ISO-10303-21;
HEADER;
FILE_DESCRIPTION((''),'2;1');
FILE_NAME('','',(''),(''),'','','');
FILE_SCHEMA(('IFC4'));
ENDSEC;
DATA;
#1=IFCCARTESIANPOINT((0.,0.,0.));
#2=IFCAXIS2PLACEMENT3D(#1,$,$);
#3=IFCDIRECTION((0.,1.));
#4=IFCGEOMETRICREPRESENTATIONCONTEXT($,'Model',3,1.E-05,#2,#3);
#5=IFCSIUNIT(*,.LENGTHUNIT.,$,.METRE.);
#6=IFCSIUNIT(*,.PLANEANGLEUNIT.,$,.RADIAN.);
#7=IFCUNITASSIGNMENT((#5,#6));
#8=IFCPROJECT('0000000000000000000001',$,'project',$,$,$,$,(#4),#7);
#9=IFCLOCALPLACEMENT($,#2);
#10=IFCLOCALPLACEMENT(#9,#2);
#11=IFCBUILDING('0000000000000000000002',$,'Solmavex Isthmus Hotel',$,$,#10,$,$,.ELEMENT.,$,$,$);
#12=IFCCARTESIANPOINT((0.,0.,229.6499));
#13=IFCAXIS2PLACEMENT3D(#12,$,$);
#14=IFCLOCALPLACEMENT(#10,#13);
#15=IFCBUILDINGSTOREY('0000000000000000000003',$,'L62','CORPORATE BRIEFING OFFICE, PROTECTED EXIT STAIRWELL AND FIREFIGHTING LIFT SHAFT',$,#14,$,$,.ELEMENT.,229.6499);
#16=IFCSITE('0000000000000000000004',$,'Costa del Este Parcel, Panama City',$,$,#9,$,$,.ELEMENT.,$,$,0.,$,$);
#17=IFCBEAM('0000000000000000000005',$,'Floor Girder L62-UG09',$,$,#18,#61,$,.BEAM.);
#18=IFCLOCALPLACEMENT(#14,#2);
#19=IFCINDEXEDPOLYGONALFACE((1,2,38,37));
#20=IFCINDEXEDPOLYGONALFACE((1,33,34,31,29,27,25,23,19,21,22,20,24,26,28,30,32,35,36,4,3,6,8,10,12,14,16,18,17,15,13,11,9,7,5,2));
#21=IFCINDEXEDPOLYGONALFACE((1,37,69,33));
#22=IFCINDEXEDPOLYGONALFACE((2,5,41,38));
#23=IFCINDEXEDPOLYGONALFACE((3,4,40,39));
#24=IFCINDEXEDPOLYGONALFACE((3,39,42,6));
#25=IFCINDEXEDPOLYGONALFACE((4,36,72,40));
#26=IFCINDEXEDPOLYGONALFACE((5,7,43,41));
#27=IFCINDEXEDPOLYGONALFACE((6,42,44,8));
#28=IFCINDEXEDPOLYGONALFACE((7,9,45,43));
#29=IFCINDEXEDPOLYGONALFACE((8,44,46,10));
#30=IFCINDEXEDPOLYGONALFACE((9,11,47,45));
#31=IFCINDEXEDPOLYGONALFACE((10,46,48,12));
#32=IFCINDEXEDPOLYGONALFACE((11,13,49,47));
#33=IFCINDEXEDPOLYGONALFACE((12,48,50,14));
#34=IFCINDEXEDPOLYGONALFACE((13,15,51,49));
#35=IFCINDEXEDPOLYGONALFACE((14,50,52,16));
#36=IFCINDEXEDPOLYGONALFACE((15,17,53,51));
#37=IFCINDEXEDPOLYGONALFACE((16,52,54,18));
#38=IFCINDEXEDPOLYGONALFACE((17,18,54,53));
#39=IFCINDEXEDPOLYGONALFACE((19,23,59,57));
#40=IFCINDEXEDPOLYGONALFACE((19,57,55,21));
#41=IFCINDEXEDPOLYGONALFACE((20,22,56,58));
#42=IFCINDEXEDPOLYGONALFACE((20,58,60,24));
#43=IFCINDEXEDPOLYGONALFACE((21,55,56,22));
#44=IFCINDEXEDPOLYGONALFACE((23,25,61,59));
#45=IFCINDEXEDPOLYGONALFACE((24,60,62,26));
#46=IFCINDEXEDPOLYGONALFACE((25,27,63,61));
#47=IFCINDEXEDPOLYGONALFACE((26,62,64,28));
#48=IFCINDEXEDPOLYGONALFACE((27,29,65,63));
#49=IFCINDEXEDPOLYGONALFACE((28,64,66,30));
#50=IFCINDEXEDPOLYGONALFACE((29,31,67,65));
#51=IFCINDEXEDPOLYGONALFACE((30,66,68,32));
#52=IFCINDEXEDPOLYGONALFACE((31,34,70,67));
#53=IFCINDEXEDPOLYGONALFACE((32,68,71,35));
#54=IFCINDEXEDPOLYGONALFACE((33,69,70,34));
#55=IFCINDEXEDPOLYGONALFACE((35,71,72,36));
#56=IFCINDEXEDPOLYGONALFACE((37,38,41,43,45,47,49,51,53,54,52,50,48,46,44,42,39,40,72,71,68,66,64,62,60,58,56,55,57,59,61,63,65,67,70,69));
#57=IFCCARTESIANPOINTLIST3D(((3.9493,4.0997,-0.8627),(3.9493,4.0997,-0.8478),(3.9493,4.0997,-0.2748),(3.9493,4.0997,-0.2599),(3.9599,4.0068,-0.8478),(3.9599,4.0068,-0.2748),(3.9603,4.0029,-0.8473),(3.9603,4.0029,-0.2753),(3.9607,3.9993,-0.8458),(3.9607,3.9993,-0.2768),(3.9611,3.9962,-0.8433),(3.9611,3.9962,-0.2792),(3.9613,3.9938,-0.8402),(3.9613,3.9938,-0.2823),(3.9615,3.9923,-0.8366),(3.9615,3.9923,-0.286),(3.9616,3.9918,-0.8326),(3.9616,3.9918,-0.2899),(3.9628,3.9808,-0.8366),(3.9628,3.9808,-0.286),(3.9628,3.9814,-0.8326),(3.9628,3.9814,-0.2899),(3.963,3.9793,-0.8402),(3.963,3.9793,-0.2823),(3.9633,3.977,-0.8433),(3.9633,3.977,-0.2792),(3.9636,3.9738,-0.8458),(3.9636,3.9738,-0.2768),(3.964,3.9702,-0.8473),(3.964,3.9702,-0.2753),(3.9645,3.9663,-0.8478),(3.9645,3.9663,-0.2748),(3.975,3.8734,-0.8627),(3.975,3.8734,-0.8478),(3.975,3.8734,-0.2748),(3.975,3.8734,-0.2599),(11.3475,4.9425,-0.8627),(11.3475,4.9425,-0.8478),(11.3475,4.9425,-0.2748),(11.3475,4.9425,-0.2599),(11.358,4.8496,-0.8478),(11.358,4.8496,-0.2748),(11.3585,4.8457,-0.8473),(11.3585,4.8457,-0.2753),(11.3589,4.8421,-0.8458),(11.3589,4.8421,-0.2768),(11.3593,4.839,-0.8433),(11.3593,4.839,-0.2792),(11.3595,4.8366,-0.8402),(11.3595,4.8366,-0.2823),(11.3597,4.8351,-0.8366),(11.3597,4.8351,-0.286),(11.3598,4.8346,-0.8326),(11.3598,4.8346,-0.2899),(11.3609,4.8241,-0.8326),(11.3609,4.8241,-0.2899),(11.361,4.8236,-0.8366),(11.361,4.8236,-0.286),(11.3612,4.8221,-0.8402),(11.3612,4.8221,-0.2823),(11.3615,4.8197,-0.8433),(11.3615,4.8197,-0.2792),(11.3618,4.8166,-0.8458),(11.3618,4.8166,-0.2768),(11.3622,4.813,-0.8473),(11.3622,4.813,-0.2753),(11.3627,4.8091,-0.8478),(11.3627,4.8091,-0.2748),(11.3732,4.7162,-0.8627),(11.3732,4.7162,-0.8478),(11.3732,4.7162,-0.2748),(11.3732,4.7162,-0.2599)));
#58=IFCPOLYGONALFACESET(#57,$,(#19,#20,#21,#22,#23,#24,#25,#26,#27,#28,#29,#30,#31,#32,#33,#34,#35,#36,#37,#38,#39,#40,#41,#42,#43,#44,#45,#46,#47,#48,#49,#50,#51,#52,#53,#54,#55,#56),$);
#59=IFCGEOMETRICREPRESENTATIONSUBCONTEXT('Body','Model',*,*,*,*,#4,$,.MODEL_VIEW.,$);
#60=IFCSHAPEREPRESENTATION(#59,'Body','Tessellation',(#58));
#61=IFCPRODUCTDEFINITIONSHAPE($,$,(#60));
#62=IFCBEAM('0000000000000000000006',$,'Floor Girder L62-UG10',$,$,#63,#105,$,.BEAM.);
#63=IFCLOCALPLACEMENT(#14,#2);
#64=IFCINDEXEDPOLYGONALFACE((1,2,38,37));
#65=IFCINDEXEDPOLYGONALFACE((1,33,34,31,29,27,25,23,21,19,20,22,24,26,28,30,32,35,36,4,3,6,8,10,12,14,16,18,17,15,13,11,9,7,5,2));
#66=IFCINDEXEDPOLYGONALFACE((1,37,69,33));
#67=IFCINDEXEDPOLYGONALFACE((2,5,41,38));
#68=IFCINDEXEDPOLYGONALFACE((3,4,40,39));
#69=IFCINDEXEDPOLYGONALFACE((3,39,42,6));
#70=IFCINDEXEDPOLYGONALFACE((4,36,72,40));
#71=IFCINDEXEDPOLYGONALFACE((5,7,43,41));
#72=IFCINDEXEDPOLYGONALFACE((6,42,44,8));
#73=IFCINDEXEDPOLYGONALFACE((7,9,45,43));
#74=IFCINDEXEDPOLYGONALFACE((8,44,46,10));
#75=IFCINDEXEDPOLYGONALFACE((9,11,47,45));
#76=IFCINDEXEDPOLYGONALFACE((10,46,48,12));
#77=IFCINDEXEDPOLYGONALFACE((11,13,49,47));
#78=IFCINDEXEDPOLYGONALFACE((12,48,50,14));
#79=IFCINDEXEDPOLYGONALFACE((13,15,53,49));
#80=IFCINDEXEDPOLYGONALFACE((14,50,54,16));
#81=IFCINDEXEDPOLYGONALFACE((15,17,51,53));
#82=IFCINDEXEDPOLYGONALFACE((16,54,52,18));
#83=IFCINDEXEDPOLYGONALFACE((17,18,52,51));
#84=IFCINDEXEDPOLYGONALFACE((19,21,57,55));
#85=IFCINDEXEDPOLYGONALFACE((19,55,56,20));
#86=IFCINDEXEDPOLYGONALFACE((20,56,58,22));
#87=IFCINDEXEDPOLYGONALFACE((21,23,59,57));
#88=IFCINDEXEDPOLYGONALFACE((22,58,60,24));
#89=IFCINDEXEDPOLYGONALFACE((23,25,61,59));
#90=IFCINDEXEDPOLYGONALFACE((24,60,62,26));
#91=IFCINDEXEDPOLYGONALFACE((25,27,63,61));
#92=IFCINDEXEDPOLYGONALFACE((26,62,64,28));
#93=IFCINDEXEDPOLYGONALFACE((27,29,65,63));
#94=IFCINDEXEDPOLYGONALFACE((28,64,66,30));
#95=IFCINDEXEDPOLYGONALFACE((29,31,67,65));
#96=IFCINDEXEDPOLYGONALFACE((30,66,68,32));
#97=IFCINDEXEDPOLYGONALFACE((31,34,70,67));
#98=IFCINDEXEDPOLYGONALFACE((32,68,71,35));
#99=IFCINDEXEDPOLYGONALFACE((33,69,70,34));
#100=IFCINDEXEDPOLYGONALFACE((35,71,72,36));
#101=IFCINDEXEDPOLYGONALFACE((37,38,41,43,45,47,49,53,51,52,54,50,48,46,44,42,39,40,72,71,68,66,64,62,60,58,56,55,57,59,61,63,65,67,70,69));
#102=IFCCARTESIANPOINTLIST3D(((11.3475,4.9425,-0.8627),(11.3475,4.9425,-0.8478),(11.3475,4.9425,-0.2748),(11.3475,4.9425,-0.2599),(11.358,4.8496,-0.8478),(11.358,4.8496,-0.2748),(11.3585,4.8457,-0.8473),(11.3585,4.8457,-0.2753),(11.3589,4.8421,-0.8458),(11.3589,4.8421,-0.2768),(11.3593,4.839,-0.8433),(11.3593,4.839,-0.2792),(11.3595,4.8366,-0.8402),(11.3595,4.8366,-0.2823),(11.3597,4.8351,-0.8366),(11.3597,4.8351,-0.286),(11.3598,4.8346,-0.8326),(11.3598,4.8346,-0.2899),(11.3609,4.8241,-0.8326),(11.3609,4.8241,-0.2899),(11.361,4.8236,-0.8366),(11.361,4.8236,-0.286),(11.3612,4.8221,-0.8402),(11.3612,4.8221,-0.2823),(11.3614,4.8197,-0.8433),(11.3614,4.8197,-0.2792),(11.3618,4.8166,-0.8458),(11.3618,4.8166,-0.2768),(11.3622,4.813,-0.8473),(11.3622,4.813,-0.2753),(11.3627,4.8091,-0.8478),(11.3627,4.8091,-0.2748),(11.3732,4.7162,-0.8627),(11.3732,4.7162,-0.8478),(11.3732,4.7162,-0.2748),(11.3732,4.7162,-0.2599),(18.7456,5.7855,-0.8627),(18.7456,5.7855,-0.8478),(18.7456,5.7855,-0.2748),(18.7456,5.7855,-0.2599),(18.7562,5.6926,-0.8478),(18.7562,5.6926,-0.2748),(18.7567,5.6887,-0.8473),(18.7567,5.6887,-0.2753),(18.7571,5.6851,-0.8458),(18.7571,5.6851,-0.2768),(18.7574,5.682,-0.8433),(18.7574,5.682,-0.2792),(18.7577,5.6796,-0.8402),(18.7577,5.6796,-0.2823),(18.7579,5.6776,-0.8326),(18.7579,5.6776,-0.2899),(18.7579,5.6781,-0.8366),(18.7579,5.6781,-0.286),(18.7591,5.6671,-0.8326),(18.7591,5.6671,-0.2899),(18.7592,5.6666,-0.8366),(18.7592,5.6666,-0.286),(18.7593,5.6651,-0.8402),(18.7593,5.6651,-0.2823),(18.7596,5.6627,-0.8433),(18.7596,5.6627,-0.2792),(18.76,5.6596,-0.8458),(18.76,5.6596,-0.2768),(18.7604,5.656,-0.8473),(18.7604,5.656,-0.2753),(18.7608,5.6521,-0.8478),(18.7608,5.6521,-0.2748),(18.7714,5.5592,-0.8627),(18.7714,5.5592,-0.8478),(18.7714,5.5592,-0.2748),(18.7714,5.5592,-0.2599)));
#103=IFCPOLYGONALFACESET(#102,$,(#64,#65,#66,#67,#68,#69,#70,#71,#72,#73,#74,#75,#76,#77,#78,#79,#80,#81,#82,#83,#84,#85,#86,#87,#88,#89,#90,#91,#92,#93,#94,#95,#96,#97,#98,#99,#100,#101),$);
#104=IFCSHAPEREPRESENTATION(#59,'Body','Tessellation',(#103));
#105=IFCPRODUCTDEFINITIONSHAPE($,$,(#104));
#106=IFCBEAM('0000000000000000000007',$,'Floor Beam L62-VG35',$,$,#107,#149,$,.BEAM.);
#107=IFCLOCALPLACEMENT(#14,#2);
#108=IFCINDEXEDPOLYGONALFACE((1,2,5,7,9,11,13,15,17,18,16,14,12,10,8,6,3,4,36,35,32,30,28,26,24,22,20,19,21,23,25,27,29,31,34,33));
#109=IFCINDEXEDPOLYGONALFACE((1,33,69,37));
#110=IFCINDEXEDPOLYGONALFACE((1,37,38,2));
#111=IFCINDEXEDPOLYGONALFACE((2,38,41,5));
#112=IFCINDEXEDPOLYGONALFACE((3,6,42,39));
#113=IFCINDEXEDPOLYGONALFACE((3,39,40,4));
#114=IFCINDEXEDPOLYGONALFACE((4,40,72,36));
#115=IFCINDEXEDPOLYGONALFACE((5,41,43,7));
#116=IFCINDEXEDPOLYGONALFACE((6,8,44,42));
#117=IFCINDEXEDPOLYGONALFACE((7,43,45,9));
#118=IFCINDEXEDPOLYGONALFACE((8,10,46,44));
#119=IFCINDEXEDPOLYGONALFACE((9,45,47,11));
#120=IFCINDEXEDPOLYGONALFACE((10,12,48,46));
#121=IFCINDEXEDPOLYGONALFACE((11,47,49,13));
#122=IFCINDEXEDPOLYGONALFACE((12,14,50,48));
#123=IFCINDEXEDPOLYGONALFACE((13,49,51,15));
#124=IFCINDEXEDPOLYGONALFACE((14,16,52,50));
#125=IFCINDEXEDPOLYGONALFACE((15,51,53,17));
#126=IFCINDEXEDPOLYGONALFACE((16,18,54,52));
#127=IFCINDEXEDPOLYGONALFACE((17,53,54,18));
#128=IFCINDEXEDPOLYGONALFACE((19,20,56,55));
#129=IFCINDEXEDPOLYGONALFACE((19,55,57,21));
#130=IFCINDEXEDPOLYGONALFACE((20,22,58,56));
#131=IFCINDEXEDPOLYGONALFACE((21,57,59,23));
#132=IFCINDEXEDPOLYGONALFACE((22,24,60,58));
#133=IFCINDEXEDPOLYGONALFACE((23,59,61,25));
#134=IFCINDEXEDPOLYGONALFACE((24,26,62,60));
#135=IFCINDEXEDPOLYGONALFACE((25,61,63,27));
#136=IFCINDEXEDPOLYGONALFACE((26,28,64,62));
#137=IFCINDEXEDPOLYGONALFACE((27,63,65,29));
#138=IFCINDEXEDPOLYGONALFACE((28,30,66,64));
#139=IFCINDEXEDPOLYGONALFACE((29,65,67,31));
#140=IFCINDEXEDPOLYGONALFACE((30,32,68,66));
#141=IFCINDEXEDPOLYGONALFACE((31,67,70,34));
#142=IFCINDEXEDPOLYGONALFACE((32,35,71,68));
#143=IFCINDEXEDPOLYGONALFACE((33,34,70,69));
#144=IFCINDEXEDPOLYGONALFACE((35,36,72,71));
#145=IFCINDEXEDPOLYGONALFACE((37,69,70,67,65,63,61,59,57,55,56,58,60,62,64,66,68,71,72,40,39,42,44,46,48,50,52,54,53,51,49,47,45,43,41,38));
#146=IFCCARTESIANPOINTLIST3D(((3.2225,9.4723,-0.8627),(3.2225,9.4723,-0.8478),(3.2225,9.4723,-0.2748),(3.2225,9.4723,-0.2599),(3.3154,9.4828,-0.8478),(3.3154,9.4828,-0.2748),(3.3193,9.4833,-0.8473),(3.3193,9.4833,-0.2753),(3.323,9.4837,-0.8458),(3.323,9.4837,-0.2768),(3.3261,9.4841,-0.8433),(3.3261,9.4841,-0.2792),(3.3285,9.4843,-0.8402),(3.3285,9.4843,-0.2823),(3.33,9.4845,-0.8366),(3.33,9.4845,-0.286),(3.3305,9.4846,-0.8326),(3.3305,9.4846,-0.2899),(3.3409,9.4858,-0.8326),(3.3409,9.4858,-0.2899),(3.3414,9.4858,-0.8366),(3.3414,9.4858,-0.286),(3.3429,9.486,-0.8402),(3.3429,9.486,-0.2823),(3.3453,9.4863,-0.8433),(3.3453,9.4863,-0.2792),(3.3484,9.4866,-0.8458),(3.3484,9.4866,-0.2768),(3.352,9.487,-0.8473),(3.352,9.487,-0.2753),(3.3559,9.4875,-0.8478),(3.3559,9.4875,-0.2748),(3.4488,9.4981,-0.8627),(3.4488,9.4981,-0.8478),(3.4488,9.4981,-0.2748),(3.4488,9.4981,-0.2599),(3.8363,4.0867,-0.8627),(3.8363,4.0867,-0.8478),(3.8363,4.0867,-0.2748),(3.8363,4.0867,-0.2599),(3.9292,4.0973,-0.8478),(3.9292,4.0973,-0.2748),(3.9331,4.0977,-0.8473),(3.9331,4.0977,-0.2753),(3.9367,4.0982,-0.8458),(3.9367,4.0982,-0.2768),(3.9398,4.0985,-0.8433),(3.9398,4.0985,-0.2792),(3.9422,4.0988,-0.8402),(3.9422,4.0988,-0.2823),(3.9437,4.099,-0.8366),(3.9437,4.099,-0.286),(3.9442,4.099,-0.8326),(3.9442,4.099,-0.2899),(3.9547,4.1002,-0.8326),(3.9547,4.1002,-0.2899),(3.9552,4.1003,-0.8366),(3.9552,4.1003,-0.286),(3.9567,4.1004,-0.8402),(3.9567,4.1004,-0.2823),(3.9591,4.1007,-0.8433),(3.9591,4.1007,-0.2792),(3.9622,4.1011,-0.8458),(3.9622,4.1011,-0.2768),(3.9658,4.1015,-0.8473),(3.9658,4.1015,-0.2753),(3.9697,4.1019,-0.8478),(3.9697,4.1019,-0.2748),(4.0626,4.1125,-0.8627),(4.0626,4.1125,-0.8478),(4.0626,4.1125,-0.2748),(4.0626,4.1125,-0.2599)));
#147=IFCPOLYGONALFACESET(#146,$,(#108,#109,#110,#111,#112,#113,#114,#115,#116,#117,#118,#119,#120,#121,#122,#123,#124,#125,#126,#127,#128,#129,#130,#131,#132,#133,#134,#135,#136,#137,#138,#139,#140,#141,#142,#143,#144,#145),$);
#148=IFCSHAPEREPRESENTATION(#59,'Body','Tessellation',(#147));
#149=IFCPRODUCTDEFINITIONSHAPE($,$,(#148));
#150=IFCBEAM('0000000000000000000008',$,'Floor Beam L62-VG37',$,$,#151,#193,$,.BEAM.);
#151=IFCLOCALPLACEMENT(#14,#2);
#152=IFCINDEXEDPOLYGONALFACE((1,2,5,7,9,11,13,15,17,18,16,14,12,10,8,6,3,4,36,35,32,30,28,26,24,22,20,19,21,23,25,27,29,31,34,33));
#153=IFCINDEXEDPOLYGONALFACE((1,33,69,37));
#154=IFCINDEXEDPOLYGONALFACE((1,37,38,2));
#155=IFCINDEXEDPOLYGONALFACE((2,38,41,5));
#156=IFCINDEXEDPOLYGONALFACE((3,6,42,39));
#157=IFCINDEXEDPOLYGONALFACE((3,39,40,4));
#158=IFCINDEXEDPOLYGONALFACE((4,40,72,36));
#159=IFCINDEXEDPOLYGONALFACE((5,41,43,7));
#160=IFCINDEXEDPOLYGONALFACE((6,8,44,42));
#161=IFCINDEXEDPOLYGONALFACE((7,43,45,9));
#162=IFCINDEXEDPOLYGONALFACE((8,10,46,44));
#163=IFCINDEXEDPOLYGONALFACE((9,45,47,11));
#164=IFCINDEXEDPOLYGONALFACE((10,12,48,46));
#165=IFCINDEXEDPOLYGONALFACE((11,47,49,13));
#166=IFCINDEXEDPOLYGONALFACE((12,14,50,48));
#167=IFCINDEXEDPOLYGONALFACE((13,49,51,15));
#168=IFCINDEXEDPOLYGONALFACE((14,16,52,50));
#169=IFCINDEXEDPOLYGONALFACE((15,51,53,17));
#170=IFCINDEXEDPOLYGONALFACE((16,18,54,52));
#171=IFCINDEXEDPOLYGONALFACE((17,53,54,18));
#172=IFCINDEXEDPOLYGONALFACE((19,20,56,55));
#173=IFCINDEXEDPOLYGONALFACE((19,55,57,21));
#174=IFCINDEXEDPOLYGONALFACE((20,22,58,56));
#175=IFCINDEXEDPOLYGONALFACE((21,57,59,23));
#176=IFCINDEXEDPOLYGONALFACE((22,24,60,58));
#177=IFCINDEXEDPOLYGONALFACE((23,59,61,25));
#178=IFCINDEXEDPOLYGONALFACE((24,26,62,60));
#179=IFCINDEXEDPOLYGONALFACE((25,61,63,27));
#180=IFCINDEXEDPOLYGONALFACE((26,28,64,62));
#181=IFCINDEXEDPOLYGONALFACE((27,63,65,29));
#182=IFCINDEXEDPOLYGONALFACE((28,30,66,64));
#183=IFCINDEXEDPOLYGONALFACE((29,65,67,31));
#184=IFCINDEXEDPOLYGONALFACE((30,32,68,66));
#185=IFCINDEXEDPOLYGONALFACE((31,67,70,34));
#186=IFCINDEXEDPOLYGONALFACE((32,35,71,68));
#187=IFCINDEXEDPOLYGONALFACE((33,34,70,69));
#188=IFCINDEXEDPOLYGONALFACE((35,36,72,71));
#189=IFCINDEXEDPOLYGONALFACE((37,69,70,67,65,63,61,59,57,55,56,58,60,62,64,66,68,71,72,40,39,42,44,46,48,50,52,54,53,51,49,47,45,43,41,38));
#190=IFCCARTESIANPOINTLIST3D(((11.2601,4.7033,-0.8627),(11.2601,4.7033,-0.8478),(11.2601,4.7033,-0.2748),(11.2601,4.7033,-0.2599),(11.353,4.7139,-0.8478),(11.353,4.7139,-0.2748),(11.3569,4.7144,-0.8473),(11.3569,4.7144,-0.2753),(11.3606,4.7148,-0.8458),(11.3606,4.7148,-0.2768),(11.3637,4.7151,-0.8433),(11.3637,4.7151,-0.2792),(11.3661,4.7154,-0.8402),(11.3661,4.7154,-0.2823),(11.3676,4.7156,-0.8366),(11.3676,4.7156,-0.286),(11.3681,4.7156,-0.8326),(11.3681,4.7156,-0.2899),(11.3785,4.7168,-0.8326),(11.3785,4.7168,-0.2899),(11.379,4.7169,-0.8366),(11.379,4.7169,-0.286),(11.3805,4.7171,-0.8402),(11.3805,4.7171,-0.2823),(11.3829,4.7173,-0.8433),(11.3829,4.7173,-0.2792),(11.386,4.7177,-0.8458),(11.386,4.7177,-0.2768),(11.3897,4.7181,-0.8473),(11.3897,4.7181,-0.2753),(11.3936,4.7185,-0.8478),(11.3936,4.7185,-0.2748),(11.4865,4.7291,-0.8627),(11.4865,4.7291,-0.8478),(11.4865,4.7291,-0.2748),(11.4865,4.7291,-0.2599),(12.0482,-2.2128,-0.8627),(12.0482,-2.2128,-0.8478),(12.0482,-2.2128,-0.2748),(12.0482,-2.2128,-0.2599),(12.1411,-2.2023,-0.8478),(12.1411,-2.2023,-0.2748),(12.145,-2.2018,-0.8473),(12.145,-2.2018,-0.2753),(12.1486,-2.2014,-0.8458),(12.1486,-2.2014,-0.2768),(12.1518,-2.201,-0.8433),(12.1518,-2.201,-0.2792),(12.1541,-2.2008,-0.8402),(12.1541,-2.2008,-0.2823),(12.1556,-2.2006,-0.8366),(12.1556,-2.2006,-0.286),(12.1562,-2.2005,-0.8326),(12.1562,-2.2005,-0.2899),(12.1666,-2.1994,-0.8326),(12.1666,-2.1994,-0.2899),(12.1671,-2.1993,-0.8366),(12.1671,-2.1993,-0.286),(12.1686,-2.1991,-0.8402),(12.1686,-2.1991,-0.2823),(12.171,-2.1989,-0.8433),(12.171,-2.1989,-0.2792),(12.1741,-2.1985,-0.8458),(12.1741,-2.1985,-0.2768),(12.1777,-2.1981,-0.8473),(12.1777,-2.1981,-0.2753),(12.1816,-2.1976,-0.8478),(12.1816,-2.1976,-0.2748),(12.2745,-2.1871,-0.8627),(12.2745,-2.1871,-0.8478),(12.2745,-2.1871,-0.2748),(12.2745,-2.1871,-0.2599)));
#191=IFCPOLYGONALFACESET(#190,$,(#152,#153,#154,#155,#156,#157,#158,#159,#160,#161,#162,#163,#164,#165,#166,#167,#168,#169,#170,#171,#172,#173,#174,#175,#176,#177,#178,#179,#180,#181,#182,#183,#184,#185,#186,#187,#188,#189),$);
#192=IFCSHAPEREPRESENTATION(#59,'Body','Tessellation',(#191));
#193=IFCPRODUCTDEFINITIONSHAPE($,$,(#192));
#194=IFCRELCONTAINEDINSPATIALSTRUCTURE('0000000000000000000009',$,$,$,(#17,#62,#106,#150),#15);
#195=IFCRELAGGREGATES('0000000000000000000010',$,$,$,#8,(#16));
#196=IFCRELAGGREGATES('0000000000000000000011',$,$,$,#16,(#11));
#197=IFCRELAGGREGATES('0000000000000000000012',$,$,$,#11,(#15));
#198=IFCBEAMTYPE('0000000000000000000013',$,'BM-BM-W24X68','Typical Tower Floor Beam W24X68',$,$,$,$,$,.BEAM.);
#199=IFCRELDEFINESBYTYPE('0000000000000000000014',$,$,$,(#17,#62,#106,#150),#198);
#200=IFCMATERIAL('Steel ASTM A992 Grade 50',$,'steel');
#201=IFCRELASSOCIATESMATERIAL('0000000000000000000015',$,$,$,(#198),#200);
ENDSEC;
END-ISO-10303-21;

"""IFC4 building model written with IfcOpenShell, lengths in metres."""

from ifc_helpers import new_model, si_unit, direction, frame, origin, origin_2d, place, context, subcontext, project, spatial, i_section, extrude, material, material_profile, profile_set, type_object, element, save


model = new_model("IFC4")

# Units and contexts
model_context = context("Model", 3, precision=1e-05, world=origin(), true_north=direction((0.0, 1.0)))
body_context = subcontext(model_context, "Body", "Model", "MODEL_VIEW")
ifc_project = project(units=[si_unit("LENGTHUNIT", "METRE"), si_unit("PLANEANGLEUNIT", "RADIAN")], contexts=[model_context])

# Site, building, storey
site_placement = place(None, origin())
site = spatial("IfcSite", under=ifc_project, at=site_placement, Name="Costa del Este Parcel, Panama City", CompositionType="ELEMENT", RefElevation=0.0)
building_placement = place(site_placement, origin())
building = spatial("IfcBuilding", under=site, at=building_placement, Name="Solmavex Isthmus Hotel", CompositionType="ELEMENT")
storey_placement = place(building_placement, frame((0.0, 0.0, 229.6499)))
storey = spatial("IfcBuildingStorey", under=building, at=storey_placement, Name="L62", Description="CORPORATE BRIEFING OFFICE, PROTECTED EXIT STAIRWELL AND FIREFIGHTING LIFT SHAFT", CompositionType="ELEMENT", Elevation=229.6499)

# Beams
ifc_material_1 = material(Name="Steel ASTM A992 Grade 50", Category="steel")
ifc_material_profile_1 = material_profile(ifc_material_1, i_section(OverallWidth=0.2278, OverallDepth=0.6028, WebThickness=0.0105, FlangeThickness=0.0149, FilletRadius=0.0151, at=origin_2d()), Name="W24X68")
ifc_profile_set_1 = profile_set([ifc_material_profile_1], Name="Steel ASTM A992 Grade 50")
beam_type_1 = type_object("IfcBeamType", Name="BM-BM-W24X68", Description="Typical Tower Floor Beam W24X68", PredefinedType="BEAM", material=ifc_profile_set_1)
for number, where, z_axis, x_axis, name in (
    (1, (3.9622, 3.9866, -0.5613), (0.993574, 0.113184, 0.0), (-0.113184, 0.993574, 0.0), "Floor Girder L62-UG09"),
    (2, (11.3604, 4.8293, -0.5613), (0.99357, 0.113216, 0.0), (-0.113216, 0.99357, 0.0), "Floor Girder L62-UG10"),
):
    element("IfcBeam", number, at=place(storey_placement, frame(where, z_axis=z_axis, x_axis=x_axis)), inside=storey, type_object=beam_type_1, Name=name, PredefinedType="BEAM", context=body_context, shape_type="SweptSolid", body=[
        extrude(i_section(OverallWidth=0.2278, OverallDepth=0.6028, WebThickness=0.0105, FlangeThickness=0.0149, FilletRadius=0.0151, at=origin_2d()), origin(), (0.0, 0.0, 1.0), 7.446),
    ])
beam_1_placement = place(storey_placement, frame((3.9495, 4.0996, -0.5613), z_axis=(-0.113234, 0.993568, 0.0), x_axis=(-0.993568, -0.113234, 0.0)))
element("IfcBeam", 3, at=beam_1_placement, inside=storey, type_object=beam_type_1, Name="Floor Beam L62-VG35", PredefinedType="BEAM", context=body_context, shape_type="SweptSolid", body=[
    extrude(i_section(OverallWidth=0.2278, OverallDepth=0.6028, WebThickness=0.0105, FlangeThickness=0.0149, FilletRadius=0.0151, at=origin_2d()), origin(), (0.0, 0.0, 1.0), 5.4204),
])
beam_2_placement = place(storey_placement, frame((12.1614, -2.2, -0.5613), z_axis=(-0.113214, 0.993571, 0.0), x_axis=(-0.993571, -0.113214, 0.0)))
element("IfcBeam", 4, at=beam_2_placement, inside=storey, type_object=beam_type_1, Name="Floor Beam L62-VG37", PredefinedType="BEAM", context=body_context, shape_type="SweptSolid", body=[
    extrude(i_section(OverallWidth=0.2278, OverallDepth=0.6028, WebThickness=0.0105, FlangeThickness=0.0149, FilletRadius=0.0151, at=origin_2d()), origin(), (0.0, 0.0, 1.0), 6.9609),
])

save(model, "model.ifc")
